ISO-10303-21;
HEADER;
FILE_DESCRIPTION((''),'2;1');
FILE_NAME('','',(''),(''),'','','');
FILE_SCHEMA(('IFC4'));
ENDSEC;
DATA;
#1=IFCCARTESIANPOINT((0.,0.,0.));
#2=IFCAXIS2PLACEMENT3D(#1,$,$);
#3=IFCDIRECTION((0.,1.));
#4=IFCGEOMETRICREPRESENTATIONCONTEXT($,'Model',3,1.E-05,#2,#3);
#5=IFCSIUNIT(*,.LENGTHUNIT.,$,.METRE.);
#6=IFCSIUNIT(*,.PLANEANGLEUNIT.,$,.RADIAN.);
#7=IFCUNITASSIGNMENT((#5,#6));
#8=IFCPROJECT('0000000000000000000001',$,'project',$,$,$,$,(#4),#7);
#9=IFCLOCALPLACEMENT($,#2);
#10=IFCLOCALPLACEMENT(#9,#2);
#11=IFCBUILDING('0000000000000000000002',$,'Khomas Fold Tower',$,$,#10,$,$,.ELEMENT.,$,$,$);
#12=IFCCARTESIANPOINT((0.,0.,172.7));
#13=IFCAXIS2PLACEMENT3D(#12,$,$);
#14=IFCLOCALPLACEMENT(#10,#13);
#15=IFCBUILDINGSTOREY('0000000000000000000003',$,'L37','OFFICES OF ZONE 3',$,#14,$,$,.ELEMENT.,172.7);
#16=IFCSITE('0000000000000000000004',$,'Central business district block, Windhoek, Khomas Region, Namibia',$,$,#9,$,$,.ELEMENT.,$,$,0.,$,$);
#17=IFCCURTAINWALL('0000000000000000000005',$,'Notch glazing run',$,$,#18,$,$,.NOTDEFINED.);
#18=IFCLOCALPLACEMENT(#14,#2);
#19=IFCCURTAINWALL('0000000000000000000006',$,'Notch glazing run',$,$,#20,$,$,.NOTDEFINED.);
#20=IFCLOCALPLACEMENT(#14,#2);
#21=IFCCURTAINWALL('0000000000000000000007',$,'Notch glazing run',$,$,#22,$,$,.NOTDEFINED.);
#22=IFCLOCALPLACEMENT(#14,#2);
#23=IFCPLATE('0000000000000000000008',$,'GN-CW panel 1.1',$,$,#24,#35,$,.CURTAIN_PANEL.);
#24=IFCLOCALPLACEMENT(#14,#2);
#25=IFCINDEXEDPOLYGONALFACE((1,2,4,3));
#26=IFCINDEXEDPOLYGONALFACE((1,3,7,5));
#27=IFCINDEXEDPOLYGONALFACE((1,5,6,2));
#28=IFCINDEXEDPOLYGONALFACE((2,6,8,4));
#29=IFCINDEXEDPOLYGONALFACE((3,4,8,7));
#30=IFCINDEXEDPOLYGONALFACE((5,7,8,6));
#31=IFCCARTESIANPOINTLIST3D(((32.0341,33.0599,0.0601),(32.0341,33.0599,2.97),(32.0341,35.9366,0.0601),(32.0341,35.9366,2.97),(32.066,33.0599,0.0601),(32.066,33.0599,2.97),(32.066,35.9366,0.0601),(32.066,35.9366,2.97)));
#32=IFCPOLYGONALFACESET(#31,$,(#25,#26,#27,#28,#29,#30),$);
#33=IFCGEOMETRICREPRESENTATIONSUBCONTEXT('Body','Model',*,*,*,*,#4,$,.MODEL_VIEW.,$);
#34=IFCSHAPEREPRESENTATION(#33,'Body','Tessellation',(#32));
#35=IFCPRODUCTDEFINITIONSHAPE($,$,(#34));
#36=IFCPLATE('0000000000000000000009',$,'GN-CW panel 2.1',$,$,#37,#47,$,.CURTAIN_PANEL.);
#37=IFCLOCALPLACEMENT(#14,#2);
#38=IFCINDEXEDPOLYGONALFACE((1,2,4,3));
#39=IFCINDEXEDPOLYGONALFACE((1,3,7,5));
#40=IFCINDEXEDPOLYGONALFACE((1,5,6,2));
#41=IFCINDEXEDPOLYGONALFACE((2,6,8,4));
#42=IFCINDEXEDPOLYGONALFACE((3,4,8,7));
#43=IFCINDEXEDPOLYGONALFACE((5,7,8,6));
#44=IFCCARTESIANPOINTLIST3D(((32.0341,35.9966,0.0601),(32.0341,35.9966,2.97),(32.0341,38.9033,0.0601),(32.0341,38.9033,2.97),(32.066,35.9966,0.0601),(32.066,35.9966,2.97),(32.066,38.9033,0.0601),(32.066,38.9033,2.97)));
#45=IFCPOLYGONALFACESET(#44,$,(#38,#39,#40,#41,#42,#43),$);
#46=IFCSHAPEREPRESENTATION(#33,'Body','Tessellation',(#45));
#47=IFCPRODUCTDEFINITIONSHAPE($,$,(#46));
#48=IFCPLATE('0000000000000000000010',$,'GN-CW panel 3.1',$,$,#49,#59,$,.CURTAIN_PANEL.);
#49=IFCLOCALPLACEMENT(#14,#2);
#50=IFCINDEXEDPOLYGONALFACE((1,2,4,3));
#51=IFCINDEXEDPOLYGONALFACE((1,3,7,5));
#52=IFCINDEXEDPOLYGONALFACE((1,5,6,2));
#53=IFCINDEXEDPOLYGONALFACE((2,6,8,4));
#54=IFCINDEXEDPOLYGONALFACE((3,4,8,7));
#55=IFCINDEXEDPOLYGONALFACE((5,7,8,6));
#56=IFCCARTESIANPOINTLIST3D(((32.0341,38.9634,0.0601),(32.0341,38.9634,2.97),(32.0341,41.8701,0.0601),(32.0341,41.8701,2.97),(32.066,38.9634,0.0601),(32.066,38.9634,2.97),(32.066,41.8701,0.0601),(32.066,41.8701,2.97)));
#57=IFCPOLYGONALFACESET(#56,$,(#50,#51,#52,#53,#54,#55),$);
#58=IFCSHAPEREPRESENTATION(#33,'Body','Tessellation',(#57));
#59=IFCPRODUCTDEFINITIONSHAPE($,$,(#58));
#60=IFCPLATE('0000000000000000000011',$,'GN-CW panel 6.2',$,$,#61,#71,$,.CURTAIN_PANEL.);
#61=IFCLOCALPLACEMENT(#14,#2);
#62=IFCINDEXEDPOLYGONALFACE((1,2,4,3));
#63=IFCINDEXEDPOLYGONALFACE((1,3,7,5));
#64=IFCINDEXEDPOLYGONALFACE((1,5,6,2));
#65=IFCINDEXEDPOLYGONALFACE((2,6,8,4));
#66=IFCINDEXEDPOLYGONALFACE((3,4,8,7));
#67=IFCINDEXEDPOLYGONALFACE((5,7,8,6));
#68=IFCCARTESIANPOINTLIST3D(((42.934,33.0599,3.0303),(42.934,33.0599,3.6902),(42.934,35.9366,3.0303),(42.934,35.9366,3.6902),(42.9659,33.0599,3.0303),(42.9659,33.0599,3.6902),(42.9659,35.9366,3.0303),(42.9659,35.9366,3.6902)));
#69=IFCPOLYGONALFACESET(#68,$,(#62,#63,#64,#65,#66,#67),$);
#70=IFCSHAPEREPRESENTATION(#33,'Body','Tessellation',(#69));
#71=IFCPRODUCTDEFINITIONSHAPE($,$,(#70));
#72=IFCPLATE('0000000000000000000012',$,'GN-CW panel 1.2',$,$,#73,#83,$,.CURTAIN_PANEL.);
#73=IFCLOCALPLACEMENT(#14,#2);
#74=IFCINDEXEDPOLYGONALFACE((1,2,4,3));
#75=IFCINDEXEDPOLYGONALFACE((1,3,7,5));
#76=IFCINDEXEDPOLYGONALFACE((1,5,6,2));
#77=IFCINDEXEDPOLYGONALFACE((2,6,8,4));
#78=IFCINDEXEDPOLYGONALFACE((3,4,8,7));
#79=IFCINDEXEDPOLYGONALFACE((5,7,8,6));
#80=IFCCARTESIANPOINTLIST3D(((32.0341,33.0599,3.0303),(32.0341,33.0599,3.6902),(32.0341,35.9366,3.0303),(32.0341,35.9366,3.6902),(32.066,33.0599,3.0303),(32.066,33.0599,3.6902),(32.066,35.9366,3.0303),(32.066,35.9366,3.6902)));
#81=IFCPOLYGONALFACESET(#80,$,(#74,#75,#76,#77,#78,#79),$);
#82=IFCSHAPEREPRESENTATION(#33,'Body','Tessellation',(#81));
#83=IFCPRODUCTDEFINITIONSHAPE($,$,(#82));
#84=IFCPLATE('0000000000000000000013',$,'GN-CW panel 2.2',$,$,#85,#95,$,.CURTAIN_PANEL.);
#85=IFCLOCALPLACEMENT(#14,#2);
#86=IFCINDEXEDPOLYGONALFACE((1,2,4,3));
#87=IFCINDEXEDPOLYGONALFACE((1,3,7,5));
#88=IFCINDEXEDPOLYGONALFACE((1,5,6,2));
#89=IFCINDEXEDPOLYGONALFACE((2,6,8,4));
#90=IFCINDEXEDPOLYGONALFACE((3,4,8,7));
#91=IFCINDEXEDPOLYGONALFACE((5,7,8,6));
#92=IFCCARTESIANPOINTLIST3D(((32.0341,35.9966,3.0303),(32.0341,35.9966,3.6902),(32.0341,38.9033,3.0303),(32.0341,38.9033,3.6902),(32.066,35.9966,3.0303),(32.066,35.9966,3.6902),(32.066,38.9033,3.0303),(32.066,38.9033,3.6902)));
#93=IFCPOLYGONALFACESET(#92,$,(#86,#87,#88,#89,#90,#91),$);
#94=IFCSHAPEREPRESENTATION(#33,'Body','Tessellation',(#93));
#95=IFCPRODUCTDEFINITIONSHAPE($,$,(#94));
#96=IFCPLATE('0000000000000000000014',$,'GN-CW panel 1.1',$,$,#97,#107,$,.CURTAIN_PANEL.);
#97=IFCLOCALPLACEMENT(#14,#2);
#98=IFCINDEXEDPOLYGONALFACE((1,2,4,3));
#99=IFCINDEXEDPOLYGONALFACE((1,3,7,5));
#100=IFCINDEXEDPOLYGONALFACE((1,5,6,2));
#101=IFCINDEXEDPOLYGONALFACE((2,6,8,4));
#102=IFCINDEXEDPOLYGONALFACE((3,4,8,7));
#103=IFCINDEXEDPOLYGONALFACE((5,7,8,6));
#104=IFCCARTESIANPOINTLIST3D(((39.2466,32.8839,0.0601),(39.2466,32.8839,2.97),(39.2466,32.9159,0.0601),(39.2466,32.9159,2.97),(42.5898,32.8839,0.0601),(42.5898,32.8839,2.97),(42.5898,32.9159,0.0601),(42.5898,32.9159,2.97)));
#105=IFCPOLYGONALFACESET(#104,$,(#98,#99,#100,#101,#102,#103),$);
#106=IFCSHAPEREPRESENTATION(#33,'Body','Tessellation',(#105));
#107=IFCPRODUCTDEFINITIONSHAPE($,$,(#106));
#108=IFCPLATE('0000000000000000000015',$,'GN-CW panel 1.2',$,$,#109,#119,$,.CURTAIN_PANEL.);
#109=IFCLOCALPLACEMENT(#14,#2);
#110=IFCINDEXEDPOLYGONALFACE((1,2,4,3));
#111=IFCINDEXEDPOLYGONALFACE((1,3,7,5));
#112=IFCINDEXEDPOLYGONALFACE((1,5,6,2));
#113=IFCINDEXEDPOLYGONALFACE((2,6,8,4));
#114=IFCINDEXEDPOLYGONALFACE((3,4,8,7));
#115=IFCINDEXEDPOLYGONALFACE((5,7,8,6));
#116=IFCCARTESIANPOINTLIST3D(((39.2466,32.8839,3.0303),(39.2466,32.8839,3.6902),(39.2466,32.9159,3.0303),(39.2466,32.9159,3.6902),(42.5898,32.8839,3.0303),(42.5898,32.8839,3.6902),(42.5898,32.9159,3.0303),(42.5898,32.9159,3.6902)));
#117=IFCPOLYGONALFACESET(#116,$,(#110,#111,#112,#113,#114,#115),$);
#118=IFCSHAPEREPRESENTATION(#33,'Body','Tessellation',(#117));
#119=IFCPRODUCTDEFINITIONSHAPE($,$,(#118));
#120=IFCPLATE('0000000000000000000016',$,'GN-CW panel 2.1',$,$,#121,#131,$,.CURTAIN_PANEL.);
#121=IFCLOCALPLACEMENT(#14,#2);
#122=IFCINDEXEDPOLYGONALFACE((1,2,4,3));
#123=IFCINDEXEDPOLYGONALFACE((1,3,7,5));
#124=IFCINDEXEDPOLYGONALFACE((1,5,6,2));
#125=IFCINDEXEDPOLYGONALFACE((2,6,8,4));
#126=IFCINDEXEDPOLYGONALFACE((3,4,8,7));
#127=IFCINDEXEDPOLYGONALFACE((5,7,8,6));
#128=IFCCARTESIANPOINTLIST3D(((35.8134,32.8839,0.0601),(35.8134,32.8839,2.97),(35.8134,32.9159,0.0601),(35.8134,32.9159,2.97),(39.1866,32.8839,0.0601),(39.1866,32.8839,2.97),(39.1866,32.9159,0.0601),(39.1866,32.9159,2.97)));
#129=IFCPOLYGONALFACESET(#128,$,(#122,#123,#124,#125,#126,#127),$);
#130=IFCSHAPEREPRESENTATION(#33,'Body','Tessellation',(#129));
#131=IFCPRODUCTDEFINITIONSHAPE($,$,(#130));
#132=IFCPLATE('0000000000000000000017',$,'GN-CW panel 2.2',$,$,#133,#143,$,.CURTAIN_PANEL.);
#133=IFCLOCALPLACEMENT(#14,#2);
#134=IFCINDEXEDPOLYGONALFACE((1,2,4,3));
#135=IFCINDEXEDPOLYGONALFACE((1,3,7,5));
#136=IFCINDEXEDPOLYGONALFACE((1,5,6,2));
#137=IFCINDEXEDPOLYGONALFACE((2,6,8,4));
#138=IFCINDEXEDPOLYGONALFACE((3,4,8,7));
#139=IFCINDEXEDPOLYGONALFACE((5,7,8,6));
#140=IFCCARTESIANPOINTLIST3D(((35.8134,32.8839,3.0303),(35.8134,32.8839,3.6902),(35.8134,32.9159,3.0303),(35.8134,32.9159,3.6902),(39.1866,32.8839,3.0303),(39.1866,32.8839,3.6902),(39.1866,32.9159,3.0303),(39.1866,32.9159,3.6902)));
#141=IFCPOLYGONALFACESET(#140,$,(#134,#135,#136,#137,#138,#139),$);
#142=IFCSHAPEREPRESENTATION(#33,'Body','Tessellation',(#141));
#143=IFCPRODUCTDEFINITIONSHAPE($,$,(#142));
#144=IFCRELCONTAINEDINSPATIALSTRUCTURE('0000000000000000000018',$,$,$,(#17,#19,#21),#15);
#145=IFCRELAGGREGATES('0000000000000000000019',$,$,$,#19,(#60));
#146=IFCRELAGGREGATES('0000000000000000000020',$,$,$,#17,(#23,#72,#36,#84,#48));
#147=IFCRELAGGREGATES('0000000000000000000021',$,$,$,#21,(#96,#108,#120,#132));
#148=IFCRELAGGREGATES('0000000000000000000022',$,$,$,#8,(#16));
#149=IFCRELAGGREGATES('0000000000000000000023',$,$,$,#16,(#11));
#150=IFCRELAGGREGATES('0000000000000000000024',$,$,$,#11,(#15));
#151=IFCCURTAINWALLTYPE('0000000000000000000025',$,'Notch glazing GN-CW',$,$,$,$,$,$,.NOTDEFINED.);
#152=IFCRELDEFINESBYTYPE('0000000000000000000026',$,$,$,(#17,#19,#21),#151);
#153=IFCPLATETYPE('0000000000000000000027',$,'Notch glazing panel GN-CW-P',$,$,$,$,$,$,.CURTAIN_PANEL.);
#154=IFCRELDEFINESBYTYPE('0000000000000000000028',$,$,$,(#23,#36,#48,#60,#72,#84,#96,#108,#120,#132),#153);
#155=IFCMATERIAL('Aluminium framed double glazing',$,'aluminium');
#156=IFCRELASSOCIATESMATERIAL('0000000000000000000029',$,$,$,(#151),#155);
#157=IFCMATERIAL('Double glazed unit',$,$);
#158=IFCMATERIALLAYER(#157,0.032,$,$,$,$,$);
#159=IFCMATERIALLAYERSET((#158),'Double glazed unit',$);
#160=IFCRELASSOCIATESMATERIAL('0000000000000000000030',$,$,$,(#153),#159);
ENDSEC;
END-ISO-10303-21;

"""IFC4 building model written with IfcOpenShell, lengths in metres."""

from ifc_helpers import new_model, si_unit, direction, frame, origin, origin_2d, place, context, subcontext, project, spatial, rectangle, extrude, source, transform, mapped, material, layer, layer_set, type_object, element, aggregate, save


model = new_model("IFC4")

# Units and contexts
model_context = context("Model", 3, precision=1e-05, world=origin(), true_north=direction((0.0, 1.0)))
body_context = subcontext(model_context, "Body", "Model", "MODEL_VIEW")
ifc_project = project(units=[si_unit("LENGTHUNIT", "METRE"), si_unit("PLANEANGLEUNIT", "RADIAN")], contexts=[model_context])

# Site, building, storey
site_placement = place(None, origin())
site = spatial("IfcSite", under=ifc_project, at=site_placement, Name="Central business district block, Windhoek, Khomas Region, Namibia", CompositionType="ELEMENT", RefElevation=0.0)
building_placement = place(site_placement, origin())
building = spatial("IfcBuilding", under=site, at=building_placement, Name="Khomas Fold Tower", CompositionType="ELEMENT")
storey_placement = place(building_placement, frame((0.0, 0.0, 172.7)))
storey = spatial("IfcBuildingStorey", under=building, at=storey_placement, Name="L37", Description="OFFICES OF ZONE 3", CompositionType="ELEMENT", Elevation=172.7)

# Curtain wall
ifc_material_1 = material(Name="Aluminium framed double glazing", Category="aluminium")
curtain_wall_type = type_object("IfcCurtainWallType", Name="Notch glazing GN-CW", PredefinedType="NOTDEFINED", material=ifc_material_1)
curtain_wall_1_placement = place(storey_placement, origin())
curtain_wall_1 = element("IfcCurtainWall", 1, at=curtain_wall_1_placement, inside=storey, type_object=curtain_wall_type, Name="Notch glazing run", PredefinedType="NOTDEFINED")

# Curtain wall
curtain_wall_2_placement = place(storey_placement, origin())
curtain_wall_2 = element("IfcCurtainWall", 2, at=curtain_wall_2_placement, inside=storey, type_object=curtain_wall_type, Name="Notch glazing run", PredefinedType="NOTDEFINED")

# Curtain wall
curtain_wall_3_placement = place(storey_placement, origin())
curtain_wall_3 = element("IfcCurtainWall", 3, at=curtain_wall_3_placement, inside=storey, type_object=curtain_wall_type, Name="Notch glazing run", PredefinedType="NOTDEFINED")

# Plates
ifc_material_2 = material(Name="Double glazed unit")
ifc_layer = layer(ifc_material_2, 0.032)
ifc_layer_set = layer_set([ifc_layer], Name="Double glazed unit")
plate_type = type_object("IfcPlateType", Name="Notch glazing panel GN-CW-P", PredefinedType="CURTAIN_PANEL", material=ifc_layer_set)
shared_shape_1 = source(origin(), body_context, "Body", "SweptSolid", [
    extrude(rectangle(XDim=2.8767, YDim=0.032, at=origin_2d()), origin(), (0.0, 0.0, 1.0), 2.9099),
])
plate_1_placement = place(storey_placement, frame((32.05, 34.4983, 0.0601), z_axis=(0.0, 0.0, 1.0), x_axis=(0.0, 1.0, 0.0)))
plate_1 = element("IfcPlate", 4, at=plate_1_placement, type_object=plate_type, Name="GN-CW panel 1.1", PredefinedType="CURTAIN_PANEL", context=body_context, shape_type="MappedRepresentation", body=[
    mapped(shared_shape_1, transform((0.0, 0.0, 0.0))),
])
shared_shape_2 = source(origin(), body_context, "Body", "SweptSolid", [
    extrude(rectangle(XDim=2.9067, YDim=0.032, at=origin_2d()), origin(), (0.0, 0.0, 1.0), 2.9099),
])
plate_2_placement = place(storey_placement, frame((32.05, 37.45, 0.0601), z_axis=(0.0, 0.0, 1.0), x_axis=(0.0, 1.0, 0.0)))
plate_2 = element("IfcPlate", 5, at=plate_2_placement, type_object=plate_type, Name="GN-CW panel 2.1", PredefinedType="CURTAIN_PANEL", context=body_context, shape_type="MappedRepresentation", body=[
    mapped(shared_shape_2, transform((0.0, 0.0, 0.0))),
])
plate_3_placement = place(storey_placement, frame((32.05, 40.4167, 0.0601), z_axis=(0.0, 0.0, 1.0), x_axis=(0.0, 1.0, 0.0)))
plate_3 = element("IfcPlate", 6, at=plate_3_placement, type_object=plate_type, Name="GN-CW panel 3.1", PredefinedType="CURTAIN_PANEL", context=body_context, shape_type="MappedRepresentation", body=[
    mapped(shared_shape_2, transform((0.0, 0.0, 0.0))),
])
shared_shape_3 = source(origin(), body_context, "Body", "SweptSolid", [
    extrude(rectangle(XDim=2.8767, YDim=0.032, at=origin_2d()), origin(), (0.0, 0.0, 1.0), 0.6599),
])
plate_4_placement = place(storey_placement, frame((42.95, 34.4983, 3.0303), z_axis=(0.0, 0.0, 1.0), x_axis=(0.0, -1.0, 0.0)))
plate_4 = element("IfcPlate", 7, at=plate_4_placement, type_object=plate_type, Name="GN-CW panel 6.2", PredefinedType="CURTAIN_PANEL", context=body_context, shape_type="MappedRepresentation", body=[
    mapped(shared_shape_3, transform((0.0, 0.0, 0.0))),
])
aggregate(curtain_wall_2, [plate_4])
plate_5_placement = place(storey_placement, frame((32.05, 34.4983, 3.0303), z_axis=(0.0, 0.0, 1.0), x_axis=(0.0, 1.0, 0.0)))
plate_5 = element("IfcPlate", 8, at=plate_5_placement, type_object=plate_type, Name="GN-CW panel 1.2", PredefinedType="CURTAIN_PANEL", context=body_context, shape_type="MappedRepresentation", body=[
    mapped(shared_shape_3, transform((0.0, 0.0, 0.0))),
])
shared_shape_4 = source(origin(), body_context, "Body", "SweptSolid", [
    extrude(rectangle(XDim=2.9067, YDim=0.032, at=origin_2d()), origin(), (0.0, 0.0, 1.0), 0.6599),
])
plate_6_placement = place(storey_placement, frame((32.05, 37.45, 3.0303), z_axis=(0.0, 0.0, 1.0), x_axis=(0.0, 1.0, 0.0)))
plate_6 = element("IfcPlate", 9, at=plate_6_placement, type_object=plate_type, Name="GN-CW panel 2.2", PredefinedType="CURTAIN_PANEL", context=body_context, shape_type="MappedRepresentation", body=[
    mapped(shared_shape_4, transform((0.0, 0.0, 0.0))),
])
aggregate(curtain_wall_1, [plate_1, plate_5, plate_2, plate_6, plate_3])
shared_shape_5 = source(origin(), body_context, "Body", "SweptSolid", [
    extrude(rectangle(XDim=3.3433, YDim=0.032, at=origin_2d()), origin(), (0.0, 0.0, 1.0), 2.9099),
])
plate_7_placement = place(storey_placement, frame((40.9182, 32.8999, 0.0601), z_axis=(0.0, 0.0, 1.0), x_axis=(-1.0, 0.0, 0.0)))
plate_7 = element("IfcPlate", 10, at=plate_7_placement, type_object=plate_type, Name="GN-CW panel 1.1", PredefinedType="CURTAIN_PANEL", context=body_context, shape_type="MappedRepresentation", body=[
    mapped(shared_shape_5, transform((0.0, 0.0, 0.0))),
])
shared_shape_6 = source(origin(), body_context, "Body", "SweptSolid", [
    extrude(rectangle(XDim=3.3433, YDim=0.032, at=origin_2d()), origin(), (0.0, 0.0, 1.0), 0.6599),
])
plate_8_placement = place(storey_placement, frame((40.9182, 32.8999, 3.0303), z_axis=(0.0, 0.0, 1.0), x_axis=(-1.0, 0.0, 0.0)))
plate_8 = element("IfcPlate", 11, at=plate_8_placement, type_object=plate_type, Name="GN-CW panel 1.2", PredefinedType="CURTAIN_PANEL", context=body_context, shape_type="MappedRepresentation", body=[
    mapped(shared_shape_6, transform((0.0, 0.0, 0.0))),
])
shared_shape_7 = source(origin(), body_context, "Body", "SweptSolid", [
    extrude(rectangle(XDim=3.3733, YDim=0.032, at=origin_2d()), origin(), (0.0, 0.0, 1.0), 2.9099),
])
plate_9_placement = place(storey_placement, frame((37.5, 32.8999, 0.0601), z_axis=(0.0, 0.0, 1.0), x_axis=(-1.0, 0.0, 0.0)))
plate_9 = element("IfcPlate", 12, at=plate_9_placement, type_object=plate_type, Name="GN-CW panel 2.1", PredefinedType="CURTAIN_PANEL", context=body_context, shape_type="MappedRepresentation", body=[
    mapped(shared_shape_7, transform((0.0, 0.0, 0.0))),
])
shared_shape_8 = source(origin(), body_context, "Body", "SweptSolid", [
    extrude(rectangle(XDim=3.3733, YDim=0.032, at=origin_2d()), origin(), (0.0, 0.0, 1.0), 0.6599),
])
plate_10_placement = place(storey_placement, frame((37.5, 32.8999, 3.0303), z_axis=(0.0, 0.0, 1.0), x_axis=(-1.0, 0.0, 0.0)))
plate_10 = element("IfcPlate", 13, at=plate_10_placement, type_object=plate_type, Name="GN-CW panel 2.2", PredefinedType="CURTAIN_PANEL", context=body_context, shape_type="MappedRepresentation", body=[
    mapped(shared_shape_8, transform((0.0, 0.0, 0.0))),
])
aggregate(curtain_wall_3, [plate_7, plate_8, plate_9, plate_10])

save(model, "model.ifc")
